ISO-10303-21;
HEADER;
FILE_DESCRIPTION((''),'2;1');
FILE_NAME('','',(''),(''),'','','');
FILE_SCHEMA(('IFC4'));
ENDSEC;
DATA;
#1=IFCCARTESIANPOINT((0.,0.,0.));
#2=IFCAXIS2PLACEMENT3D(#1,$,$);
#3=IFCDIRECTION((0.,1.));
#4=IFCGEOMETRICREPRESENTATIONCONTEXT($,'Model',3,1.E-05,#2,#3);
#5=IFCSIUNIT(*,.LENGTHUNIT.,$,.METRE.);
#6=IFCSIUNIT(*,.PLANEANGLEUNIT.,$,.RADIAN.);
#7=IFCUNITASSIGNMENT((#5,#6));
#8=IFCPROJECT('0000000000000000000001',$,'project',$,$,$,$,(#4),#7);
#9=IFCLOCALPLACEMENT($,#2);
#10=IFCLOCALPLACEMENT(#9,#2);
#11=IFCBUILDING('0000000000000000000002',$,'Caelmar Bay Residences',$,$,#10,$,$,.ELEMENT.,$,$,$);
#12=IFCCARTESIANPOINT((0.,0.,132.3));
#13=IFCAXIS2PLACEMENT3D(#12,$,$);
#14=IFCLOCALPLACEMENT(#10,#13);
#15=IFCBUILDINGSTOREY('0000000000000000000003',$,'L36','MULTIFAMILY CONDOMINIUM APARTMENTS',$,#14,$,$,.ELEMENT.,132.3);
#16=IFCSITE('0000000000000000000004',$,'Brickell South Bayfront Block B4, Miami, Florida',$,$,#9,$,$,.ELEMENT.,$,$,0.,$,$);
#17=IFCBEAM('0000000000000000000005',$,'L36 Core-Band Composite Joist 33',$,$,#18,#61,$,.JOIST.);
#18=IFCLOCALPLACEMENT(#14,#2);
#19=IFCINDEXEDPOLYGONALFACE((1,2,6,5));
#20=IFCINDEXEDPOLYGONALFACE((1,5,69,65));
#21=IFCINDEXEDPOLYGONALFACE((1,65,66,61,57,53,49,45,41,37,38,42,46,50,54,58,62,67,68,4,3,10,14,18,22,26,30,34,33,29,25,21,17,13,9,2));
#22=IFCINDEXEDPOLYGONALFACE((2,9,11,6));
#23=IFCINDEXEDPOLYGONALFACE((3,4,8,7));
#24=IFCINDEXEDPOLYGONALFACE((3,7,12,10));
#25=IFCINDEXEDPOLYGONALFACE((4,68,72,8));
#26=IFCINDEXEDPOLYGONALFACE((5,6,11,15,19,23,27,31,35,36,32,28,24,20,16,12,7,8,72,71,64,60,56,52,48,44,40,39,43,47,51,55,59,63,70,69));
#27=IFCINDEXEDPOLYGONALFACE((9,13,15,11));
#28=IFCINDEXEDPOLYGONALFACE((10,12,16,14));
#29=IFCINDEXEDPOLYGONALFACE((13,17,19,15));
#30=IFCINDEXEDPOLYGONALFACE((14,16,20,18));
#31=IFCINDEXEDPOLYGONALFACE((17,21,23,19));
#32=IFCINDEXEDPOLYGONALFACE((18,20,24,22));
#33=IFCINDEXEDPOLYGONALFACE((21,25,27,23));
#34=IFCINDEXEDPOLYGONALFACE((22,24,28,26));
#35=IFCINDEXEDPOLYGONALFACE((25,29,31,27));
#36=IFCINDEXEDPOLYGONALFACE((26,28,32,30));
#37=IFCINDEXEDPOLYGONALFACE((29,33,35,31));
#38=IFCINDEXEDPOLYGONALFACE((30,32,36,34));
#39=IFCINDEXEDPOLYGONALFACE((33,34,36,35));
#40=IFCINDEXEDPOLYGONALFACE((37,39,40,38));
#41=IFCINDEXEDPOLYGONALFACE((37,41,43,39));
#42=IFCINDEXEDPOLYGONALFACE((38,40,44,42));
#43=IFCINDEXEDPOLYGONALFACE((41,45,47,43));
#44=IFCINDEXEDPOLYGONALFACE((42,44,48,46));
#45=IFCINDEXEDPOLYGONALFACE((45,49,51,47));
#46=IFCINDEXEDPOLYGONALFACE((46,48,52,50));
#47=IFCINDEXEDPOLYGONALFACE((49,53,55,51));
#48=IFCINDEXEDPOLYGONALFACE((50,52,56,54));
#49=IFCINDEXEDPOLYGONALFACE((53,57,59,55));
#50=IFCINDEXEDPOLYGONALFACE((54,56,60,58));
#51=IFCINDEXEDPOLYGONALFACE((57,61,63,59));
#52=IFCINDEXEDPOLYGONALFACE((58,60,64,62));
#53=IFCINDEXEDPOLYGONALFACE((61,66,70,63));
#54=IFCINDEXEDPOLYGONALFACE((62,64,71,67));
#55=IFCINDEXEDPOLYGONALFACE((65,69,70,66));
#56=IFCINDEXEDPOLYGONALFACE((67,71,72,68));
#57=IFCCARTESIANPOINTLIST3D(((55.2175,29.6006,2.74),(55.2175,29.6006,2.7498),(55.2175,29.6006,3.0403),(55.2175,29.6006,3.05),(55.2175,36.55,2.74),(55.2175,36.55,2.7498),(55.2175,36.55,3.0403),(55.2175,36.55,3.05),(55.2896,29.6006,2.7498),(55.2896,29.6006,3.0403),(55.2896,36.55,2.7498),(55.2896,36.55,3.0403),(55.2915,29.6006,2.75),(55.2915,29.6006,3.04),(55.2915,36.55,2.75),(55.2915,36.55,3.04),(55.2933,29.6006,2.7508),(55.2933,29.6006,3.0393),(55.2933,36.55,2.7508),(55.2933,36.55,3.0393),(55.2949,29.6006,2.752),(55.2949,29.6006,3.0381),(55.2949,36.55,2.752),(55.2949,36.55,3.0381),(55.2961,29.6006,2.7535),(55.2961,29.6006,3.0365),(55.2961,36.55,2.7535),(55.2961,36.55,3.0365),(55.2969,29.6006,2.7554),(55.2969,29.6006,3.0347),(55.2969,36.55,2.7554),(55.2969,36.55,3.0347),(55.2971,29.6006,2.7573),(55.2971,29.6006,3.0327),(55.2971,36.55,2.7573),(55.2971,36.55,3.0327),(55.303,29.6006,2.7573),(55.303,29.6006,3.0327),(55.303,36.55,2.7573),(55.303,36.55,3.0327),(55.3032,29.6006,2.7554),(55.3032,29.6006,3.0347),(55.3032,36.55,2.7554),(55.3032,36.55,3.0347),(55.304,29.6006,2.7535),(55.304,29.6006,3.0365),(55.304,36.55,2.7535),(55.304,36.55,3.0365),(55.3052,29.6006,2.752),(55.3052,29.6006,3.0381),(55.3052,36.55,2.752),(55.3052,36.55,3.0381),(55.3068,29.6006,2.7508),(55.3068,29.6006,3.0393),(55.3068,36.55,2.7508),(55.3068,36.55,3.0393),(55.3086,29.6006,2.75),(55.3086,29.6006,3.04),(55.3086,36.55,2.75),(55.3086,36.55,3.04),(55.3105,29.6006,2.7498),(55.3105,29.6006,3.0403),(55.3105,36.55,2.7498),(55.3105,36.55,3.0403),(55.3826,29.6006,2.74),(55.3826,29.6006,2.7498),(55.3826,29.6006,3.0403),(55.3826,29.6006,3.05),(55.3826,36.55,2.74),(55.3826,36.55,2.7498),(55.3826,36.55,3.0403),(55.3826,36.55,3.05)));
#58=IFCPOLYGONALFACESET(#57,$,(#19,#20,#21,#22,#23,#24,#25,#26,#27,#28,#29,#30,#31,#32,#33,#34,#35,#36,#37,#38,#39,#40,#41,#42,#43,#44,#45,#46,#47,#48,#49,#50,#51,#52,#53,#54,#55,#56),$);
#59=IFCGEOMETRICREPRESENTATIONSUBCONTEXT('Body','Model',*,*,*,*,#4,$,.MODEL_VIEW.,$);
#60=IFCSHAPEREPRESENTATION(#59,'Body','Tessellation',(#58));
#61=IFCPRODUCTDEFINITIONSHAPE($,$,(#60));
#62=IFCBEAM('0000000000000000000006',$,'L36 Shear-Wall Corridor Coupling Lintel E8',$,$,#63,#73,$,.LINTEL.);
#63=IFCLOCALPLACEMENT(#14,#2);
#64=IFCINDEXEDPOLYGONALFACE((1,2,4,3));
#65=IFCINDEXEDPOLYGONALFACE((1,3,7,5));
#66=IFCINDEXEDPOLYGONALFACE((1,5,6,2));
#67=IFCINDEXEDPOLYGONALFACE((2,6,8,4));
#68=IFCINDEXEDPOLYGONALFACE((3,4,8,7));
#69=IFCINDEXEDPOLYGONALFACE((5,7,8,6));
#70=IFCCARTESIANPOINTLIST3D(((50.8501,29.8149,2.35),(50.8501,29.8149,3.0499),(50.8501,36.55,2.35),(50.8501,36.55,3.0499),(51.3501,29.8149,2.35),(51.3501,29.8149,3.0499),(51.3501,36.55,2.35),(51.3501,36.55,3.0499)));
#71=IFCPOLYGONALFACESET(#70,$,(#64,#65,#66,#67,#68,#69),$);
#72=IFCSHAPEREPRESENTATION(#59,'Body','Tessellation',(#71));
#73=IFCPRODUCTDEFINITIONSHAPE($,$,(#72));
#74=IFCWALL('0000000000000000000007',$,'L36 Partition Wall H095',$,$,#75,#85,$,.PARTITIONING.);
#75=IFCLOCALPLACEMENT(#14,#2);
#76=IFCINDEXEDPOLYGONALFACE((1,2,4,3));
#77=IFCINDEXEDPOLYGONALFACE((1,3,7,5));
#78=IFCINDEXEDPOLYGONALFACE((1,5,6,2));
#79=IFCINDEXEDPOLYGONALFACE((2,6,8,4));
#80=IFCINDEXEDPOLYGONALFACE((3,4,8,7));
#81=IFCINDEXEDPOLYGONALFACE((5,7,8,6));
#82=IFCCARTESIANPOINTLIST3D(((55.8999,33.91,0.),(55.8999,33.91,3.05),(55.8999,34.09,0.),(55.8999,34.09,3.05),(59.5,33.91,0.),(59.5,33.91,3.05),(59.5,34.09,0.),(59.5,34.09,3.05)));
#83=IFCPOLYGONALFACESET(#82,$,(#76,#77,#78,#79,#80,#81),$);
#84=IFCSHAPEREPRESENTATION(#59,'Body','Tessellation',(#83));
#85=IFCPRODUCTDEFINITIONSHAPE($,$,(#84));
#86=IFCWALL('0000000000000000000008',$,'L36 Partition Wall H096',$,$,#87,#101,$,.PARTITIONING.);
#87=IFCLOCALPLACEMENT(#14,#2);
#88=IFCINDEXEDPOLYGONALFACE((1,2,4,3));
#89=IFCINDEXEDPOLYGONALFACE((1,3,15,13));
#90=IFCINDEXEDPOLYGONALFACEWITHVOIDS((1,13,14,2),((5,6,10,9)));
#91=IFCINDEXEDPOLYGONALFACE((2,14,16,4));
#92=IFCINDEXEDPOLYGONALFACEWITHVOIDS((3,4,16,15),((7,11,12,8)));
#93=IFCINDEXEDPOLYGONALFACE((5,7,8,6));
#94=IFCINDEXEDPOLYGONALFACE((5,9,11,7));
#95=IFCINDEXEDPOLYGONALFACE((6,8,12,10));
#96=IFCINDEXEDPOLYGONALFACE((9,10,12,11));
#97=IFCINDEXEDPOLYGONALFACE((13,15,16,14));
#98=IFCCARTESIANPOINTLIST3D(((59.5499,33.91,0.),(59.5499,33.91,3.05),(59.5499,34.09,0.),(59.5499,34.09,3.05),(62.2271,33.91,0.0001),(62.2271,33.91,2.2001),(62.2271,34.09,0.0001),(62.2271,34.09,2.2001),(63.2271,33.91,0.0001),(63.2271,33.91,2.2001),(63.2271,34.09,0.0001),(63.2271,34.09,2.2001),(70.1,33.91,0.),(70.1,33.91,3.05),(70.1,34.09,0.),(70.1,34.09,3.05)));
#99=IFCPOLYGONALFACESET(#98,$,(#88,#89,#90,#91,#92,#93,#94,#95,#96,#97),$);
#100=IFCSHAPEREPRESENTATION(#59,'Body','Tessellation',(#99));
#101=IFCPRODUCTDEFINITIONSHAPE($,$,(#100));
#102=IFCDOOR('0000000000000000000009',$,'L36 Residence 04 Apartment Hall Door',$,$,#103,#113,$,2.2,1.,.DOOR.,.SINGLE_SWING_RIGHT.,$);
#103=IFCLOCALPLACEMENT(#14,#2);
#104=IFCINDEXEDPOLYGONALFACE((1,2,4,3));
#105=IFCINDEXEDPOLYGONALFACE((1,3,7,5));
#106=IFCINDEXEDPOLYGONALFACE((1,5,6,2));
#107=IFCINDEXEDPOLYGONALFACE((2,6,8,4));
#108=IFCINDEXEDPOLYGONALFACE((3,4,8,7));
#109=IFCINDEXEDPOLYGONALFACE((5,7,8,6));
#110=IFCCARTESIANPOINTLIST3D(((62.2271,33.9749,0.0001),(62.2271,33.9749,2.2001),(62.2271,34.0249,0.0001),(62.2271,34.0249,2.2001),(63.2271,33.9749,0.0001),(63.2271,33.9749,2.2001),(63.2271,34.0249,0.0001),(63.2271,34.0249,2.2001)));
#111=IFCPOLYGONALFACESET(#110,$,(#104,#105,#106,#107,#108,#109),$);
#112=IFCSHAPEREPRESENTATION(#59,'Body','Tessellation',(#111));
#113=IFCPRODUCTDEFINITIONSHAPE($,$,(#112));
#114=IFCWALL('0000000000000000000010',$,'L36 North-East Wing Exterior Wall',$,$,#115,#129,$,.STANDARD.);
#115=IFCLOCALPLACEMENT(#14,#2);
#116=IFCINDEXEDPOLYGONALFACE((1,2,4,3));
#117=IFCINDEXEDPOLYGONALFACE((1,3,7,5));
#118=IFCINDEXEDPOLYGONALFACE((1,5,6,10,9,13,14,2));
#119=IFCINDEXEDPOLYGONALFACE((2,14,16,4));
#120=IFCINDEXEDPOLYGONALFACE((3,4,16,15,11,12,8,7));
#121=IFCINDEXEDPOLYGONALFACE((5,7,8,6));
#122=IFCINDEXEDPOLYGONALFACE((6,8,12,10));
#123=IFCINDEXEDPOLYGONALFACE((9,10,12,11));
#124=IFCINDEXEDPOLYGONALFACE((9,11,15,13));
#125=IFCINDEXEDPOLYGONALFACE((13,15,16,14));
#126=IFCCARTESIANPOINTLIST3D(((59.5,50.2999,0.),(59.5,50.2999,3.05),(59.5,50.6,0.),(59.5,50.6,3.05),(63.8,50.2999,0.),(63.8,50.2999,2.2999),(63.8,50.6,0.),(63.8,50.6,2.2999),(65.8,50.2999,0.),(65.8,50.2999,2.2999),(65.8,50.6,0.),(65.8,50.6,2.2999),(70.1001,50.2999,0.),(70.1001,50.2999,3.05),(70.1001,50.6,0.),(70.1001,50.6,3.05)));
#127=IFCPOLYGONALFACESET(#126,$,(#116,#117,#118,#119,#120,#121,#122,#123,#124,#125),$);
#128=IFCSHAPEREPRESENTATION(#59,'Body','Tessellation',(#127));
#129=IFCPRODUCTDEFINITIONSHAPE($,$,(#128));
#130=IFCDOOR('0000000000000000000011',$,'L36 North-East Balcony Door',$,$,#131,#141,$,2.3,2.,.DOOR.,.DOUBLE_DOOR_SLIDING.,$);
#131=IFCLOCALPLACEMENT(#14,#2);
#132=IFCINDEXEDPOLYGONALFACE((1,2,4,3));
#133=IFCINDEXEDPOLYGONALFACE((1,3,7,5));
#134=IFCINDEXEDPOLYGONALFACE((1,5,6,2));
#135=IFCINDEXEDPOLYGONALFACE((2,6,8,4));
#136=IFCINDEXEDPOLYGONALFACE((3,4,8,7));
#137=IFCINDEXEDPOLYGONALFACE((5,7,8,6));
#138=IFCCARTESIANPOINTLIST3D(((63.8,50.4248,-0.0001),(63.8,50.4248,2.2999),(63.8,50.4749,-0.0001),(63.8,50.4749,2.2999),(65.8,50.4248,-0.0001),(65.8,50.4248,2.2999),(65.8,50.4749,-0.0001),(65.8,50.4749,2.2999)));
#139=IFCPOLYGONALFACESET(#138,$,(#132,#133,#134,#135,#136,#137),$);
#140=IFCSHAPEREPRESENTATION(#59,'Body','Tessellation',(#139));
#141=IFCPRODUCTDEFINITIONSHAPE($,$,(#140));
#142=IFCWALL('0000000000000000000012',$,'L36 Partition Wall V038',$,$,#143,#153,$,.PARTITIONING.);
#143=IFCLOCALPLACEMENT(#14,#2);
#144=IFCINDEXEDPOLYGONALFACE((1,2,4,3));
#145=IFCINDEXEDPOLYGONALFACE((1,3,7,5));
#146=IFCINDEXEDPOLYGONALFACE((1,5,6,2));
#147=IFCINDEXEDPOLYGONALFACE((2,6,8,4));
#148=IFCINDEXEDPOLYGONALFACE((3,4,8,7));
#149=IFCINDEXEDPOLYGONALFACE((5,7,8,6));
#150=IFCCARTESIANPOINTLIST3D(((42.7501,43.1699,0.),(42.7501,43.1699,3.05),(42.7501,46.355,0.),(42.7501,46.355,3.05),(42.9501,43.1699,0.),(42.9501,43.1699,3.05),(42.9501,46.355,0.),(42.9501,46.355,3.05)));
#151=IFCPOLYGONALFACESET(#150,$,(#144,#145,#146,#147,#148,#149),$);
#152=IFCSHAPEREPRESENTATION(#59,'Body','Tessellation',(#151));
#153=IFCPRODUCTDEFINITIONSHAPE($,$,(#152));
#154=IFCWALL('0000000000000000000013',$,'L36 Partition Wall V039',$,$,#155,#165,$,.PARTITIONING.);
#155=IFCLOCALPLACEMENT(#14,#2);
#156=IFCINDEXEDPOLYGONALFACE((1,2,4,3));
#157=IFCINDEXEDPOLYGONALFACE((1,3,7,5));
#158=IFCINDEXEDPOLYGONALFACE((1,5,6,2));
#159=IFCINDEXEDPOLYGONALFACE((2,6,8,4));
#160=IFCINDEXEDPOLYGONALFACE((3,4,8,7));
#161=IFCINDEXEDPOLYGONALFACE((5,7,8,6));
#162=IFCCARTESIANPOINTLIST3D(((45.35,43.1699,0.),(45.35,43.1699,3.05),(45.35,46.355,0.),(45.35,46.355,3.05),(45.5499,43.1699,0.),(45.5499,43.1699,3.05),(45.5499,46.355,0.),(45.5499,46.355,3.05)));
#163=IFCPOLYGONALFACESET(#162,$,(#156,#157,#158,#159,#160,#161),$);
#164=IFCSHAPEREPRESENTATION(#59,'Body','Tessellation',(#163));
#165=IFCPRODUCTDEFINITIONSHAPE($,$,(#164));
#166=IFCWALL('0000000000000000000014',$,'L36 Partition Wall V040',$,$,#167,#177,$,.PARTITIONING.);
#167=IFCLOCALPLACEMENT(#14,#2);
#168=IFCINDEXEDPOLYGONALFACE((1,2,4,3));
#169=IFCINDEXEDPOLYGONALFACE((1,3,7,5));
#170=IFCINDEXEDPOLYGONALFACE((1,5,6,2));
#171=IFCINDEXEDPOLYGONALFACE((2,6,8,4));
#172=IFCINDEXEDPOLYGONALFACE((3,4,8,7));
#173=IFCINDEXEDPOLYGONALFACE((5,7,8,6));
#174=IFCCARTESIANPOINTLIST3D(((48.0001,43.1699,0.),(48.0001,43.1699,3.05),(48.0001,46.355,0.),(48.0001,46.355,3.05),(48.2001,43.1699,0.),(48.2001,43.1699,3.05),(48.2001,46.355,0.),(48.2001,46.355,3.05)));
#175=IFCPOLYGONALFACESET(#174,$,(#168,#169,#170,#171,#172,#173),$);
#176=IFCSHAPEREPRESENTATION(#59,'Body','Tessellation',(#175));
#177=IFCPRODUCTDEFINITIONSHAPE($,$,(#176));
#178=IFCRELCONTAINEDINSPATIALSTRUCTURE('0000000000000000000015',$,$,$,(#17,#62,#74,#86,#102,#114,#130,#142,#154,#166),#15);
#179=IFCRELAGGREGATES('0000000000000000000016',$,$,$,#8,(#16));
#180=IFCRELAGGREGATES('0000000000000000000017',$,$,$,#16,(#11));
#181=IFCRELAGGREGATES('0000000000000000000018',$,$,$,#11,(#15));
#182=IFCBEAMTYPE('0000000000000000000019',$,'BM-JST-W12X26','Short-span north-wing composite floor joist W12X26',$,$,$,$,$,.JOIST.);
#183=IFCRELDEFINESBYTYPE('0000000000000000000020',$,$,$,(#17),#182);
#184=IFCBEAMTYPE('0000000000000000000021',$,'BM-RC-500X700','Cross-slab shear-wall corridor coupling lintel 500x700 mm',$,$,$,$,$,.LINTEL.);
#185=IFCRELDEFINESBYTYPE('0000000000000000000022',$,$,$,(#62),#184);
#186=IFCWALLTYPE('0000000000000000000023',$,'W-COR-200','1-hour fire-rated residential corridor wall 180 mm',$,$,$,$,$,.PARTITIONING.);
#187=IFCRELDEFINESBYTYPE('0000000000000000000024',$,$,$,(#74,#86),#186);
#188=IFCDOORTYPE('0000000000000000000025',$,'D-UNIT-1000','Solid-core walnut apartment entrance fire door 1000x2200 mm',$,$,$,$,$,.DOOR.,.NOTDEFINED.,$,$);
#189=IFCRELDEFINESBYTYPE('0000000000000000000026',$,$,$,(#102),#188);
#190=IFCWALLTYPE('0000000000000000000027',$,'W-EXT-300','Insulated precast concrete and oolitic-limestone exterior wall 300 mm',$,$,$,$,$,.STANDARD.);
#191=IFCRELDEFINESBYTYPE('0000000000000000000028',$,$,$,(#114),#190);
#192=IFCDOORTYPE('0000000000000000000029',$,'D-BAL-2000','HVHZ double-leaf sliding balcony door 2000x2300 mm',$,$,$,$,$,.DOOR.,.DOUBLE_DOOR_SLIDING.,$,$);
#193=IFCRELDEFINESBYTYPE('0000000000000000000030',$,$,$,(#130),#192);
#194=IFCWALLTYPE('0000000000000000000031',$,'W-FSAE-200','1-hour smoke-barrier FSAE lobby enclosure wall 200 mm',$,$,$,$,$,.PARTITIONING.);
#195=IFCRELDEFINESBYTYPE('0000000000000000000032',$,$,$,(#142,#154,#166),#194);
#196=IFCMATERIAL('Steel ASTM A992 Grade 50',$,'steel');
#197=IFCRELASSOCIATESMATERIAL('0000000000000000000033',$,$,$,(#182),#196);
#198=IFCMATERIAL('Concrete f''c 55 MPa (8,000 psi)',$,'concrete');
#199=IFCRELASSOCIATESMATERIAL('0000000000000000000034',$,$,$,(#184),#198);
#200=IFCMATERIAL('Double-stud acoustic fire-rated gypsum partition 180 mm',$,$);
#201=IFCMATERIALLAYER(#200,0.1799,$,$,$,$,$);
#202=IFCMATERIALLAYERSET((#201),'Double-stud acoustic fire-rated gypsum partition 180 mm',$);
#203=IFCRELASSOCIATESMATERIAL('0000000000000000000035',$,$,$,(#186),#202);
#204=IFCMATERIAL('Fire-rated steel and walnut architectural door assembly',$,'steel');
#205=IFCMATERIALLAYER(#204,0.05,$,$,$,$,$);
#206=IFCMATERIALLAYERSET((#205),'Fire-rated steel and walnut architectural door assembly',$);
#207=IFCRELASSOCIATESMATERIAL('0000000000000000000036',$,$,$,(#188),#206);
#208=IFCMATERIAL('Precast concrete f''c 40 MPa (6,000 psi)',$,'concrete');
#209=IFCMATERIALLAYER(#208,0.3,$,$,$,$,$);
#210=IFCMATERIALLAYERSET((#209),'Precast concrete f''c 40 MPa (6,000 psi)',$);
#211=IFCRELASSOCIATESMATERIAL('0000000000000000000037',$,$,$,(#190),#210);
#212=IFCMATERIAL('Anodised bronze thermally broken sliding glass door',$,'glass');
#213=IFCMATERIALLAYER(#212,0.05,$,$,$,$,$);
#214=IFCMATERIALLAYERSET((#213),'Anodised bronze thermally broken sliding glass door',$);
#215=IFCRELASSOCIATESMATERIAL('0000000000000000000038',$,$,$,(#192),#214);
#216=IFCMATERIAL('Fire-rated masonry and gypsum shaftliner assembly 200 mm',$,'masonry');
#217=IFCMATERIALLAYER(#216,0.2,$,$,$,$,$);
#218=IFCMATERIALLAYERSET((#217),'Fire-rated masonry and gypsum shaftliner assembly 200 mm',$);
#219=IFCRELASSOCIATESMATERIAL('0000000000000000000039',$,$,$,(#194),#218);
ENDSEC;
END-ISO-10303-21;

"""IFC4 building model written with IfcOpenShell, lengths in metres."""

from ifc_helpers import new_model, si_unit, direction, frame, frame_2d, origin, origin_2d, place, context, subcontext, project, spatial, rectangle, i_section, extrude, material, layer, layer_set, material_profile, profile_set, type_object, element, fill, save


model = new_model("IFC4")

# Units and contexts
model_context = context("Model", 3, precision=1e-05, world=origin(), true_north=direction((0.0, 1.0)))
body_context = subcontext(model_context, "Body", "Model", "MODEL_VIEW")
ifc_project = project(units=[si_unit("LENGTHUNIT", "METRE"), si_unit("PLANEANGLEUNIT", "RADIAN")], contexts=[model_context])

# Site, building, storey
site_placement = place(None, origin())
site = spatial("IfcSite", under=ifc_project, at=site_placement, Name="Brickell South Bayfront Block B4, Miami, Florida", CompositionType="ELEMENT", RefElevation=0.0)
building_placement = place(site_placement, origin())
building = spatial("IfcBuilding", under=site, at=building_placement, Name="Caelmar Bay Residences", CompositionType="ELEMENT")
storey_placement = place(building_placement, frame((0.0, 0.0, 132.3)))
storey = spatial("IfcBuildingStorey", under=building, at=storey_placement, Name="L36", Description="MULTIFAMILY CONDOMINIUM APARTMENTS", CompositionType="ELEMENT", Elevation=132.3)

# Beams
ifc_material_1 = material(Name="Steel ASTM A992 Grade 50", Category="steel")
ifc_material_profile_1 = material_profile(ifc_material_1, i_section(OverallWidth=0.165, OverallDepth=0.3101, WebThickness=0.0059, FlangeThickness=0.0098, FilletRadius=0.0076, at=origin_2d()), Name="W12X26")
ifc_profile_set_1 = profile_set([ifc_material_profile_1], Name="Steel ASTM A992 Grade 50")
beam_type_1 = type_object("IfcBeamType", Name="BM-JST-W12X26", Description="Short-span north-wing composite floor joist W12X26", PredefinedType="JOIST", material=ifc_profile_set_1)
for number, where, z_axis, x_axis, name in (
    (1, (55.3, 29.6006, 2.895), (0.0, 1.0, 0.0), (-1.0, 0.0, 0.0), "L36 Core-Band Composite Joist 33"),
):
    element("IfcBeam", number, at=place(storey_placement, frame(where, z_axis=z_axis, x_axis=x_axis)), inside=storey, type_object=beam_type_1, Name=name, PredefinedType="JOIST", context=body_context, shape_type="SweptSolid", body=[
        extrude(i_section(OverallWidth=0.165, OverallDepth=0.3101, WebThickness=0.0059, FlangeThickness=0.0098, FilletRadius=0.0076, at=origin_2d()), origin(), (0.0, 0.0, 1.0), 6.9495),
    ])
ifc_material_2 = material(Name="Concrete f'c 55 MPa (8,000 psi)", Category="concrete")
ifc_material_profile_2 = material_profile(ifc_material_2, rectangle(XDim=0.5, YDim=0.7, at=origin_2d()), Name="RC-BM-500X700")
ifc_profile_set_2 = profile_set([ifc_material_profile_2], Name="Concrete f'c 55 MPa (8,000 psi)")
beam_type_2 = type_object("IfcBeamType", Name="BM-RC-500X700", Description="Cross-slab shear-wall corridor coupling lintel 500x700 mm", PredefinedType="LINTEL", material=ifc_profile_set_2)
beam_placement = place(storey_placement, frame((51.1001, 29.8149, 2.7), z_axis=(0.0, 1.0, 0.0), x_axis=(-1.0, 0.0, 0.0)))
element("IfcBeam", 2, at=beam_placement, inside=storey, type_object=beam_type_2, Name="L36 Shear-Wall Corridor Coupling Lintel E8", PredefinedType="LINTEL", context=body_context, shape_type="SweptSolid", body=[
    extrude(rectangle(XDim=0.5, YDim=0.7, at=origin_2d()), origin(), (0.0, 0.0, 1.0), 6.7351),
])

# Shared definitions
ifc_material_3 = material(Name="Fire-rated steel and walnut architectural door assembly", Category="steel")

# Wall
ifc_material_4 = material(Name="Double-stud acoustic fire-rated gypsum partition 180 mm")
ifc_layer_1 = layer(ifc_material_4, 0.1799)
ifc_layer_set_1 = layer_set([ifc_layer_1], Name="Double-stud acoustic fire-rated gypsum partition 180 mm")
wall_type_1 = type_object("IfcWallType", Name="W-COR-200", Description="1-hour fire-rated residential corridor wall 180 mm", PredefinedType="PARTITIONING", material=ifc_layer_set_1)
wall_1_placement = place(storey_placement, frame((55.8999, 34.0, 0.0), z_axis=(0.0, 0.0, 1.0), x_axis=(1.0, 0.0, 0.0)))
element("IfcWall", 3, at=wall_1_placement, inside=storey, type_object=wall_type_1, Name="L36 Partition Wall H095", PredefinedType="PARTITIONING", context=body_context, shape_type="SweptSolid", body=[
    extrude(rectangle(XDim=3.6001, YDim=0.1799, at=frame_2d((1.8, 0.0))), origin(), (0.0, 0.0, 1.0), 3.05),
])

# Walls, openings, doors
wall_2_placement = place(storey_placement, frame((59.55, 34.0, 0.0), z_axis=(0.0, 0.0, 1.0), x_axis=(1.0, 0.0, 0.0)))
wall_2 = element("IfcWall", 4, at=wall_2_placement, inside=storey, type_object=wall_type_1, Name="L36 Partition Wall H096", PredefinedType="PARTITIONING", context=body_context, shape_type="SweptSolid", body=[
    extrude(rectangle(XDim=10.55, YDim=0.1799, at=frame_2d((5.2749, 0.0))), origin(), (0.0, 0.0, 1.0), 3.05),
])
opening_1_placement = place(wall_2_placement, frame((2.677, 0.0, 0.0)))
opening_1 = element("IfcOpeningElement", 5, at=opening_1_placement, cuts=wall_2, PredefinedType="OPENING", context=body_context, shape_type="SweptSolid", body=[
    extrude(rectangle(XDim=1.0, YDim=2.2, at=frame_2d((0.5, 1.1001))), frame((0.0, 0.0999, 0.0), z_axis=(0.0, -1.0, 0.0), x_axis=(1.0, 0.0, 0.0)), (0.0, 0.0, 1.0), 0.2),
])
ifc_layer_2 = layer(ifc_material_3, 0.05)
ifc_layer_set_2 = layer_set([ifc_layer_2], Name="Fire-rated steel and walnut architectural door assembly")
door_type_1 = type_object("IfcDoorType", Name="D-UNIT-1000", Description="Solid-core walnut apartment entrance fire door 1000x2200 mm", OperationType="NOTDEFINED", PredefinedType="DOOR", material=ifc_layer_set_2)
door_1_placement = place(opening_1_placement, origin())
door_1 = element("IfcDoor", 6, at=door_1_placement, inside=storey, type_object=door_type_1, Name="L36 Residence 04 Apartment Hall Door", OperationType="SINGLE_SWING_RIGHT", OverallHeight=2.2, OverallWidth=1.0, PredefinedType="DOOR", context=body_context, shape_type="SweptSolid", body=[
    extrude(rectangle(XDim=1.0, YDim=2.2, at=frame_2d((0.5, 1.1001))), frame((0.0, 0.0249, 0.0), z_axis=(0.0, -1.0, 0.0), x_axis=(1.0, 0.0, 0.0)), (0.0, 0.0, 1.0), 0.05),
])
fill(opening_1, door_1)
ifc_material_5 = material(Name="Precast concrete f'c 40 MPa (6,000 psi)", Category="concrete")
ifc_layer_3 = layer(ifc_material_5, 0.3)
ifc_layer_set_3 = layer_set([ifc_layer_3], Name="Precast concrete f'c 40 MPa (6,000 psi)")
wall_type_2 = type_object("IfcWallType", Name="W-EXT-300", Description="Insulated precast concrete and oolitic-limestone exterior wall 300 mm", PredefinedType="STANDARD", material=ifc_layer_set_3)
wall_3_placement = place(storey_placement, frame((59.5, 50.45, 0.0), z_axis=(0.0, 0.0, 1.0), x_axis=(1.0, 0.0, 0.0)))
wall_3 = element("IfcWall", 7, at=wall_3_placement, inside=storey, type_object=wall_type_2, Name="L36 North-East Wing Exterior Wall", PredefinedType="STANDARD", context=body_context, shape_type="SweptSolid", body=[
    extrude(rectangle(XDim=10.6001, YDim=0.3, at=frame_2d((5.3, 0.0))), origin(), (0.0, 0.0, 1.0), 3.05),
])
opening_2_placement = place(wall_3_placement, frame((4.3, 0.0, 0.0)))
opening_2 = element("IfcOpeningElement", 8, at=opening_2_placement, cuts=wall_3, PredefinedType="OPENING", context=body_context, shape_type="SweptSolid", body=[
    extrude(rectangle(XDim=2.0, YDim=2.3, at=frame_2d((1.0, 1.1499))), frame((0.0, 0.1599, 0.0), z_axis=(0.0, -1.0, 0.0), x_axis=(1.0, 0.0, 0.0)), (0.0, 0.0, 1.0), 0.3201),
])
ifc_material_6 = material(Name="Anodised bronze thermally broken sliding glass door", Category="glass")
ifc_layer_4 = layer(ifc_material_6, 0.05)
ifc_layer_set_4 = layer_set([ifc_layer_4], Name="Anodised bronze thermally broken sliding glass door")
door_type_2 = type_object("IfcDoorType", Name="D-BAL-2000", Description="HVHZ double-leaf sliding balcony door 2000x2300 mm", OperationType="DOUBLE_DOOR_SLIDING", PredefinedType="DOOR", material=ifc_layer_set_4)
door_2_placement = place(opening_2_placement, origin())
door_2 = element("IfcDoor", 9, at=door_2_placement, inside=storey, type_object=door_type_2, Name="L36 North-East Balcony Door", OperationType="DOUBLE_DOOR_SLIDING", OverallHeight=2.3, OverallWidth=2.0, PredefinedType="DOOR", context=body_context, shape_type="SweptSolid", body=[
    extrude(rectangle(XDim=2.0, YDim=2.3, at=frame_2d((1.0, 1.1499))), frame((0.0, 0.0249, 0.0), z_axis=(0.0, -1.0, 0.0), x_axis=(1.0, 0.0, 0.0)), (0.0, 0.0, 1.0), 0.05),
])
fill(opening_2, door_2)

# Walls
ifc_material_7 = material(Name="Fire-rated masonry and gypsum shaftliner assembly 200 mm", Category="masonry")
ifc_layer_5 = layer(ifc_material_7, 0.2)
ifc_layer_set_5 = layer_set([ifc_layer_5], Name="Fire-rated masonry and gypsum shaftliner assembly 200 mm")
wall_type_3 = type_object("IfcWallType", Name="W-FSAE-200", Description="1-hour smoke-barrier FSAE lobby enclosure wall 200 mm", PredefinedType="PARTITIONING", material=ifc_layer_set_5)
for number, where, z_axis, x_axis, name in (
    (10, (42.8501, 43.1699, 0.0), (0.0, 0.0, 1.0), (0.0, 1.0, 0.0), "L36 Partition Wall V038"),
    (11, (45.45, 43.1699, 0.0), (0.0, 0.0, 1.0), (0.0, 1.0, 0.0), "L36 Partition Wall V039"),
    (12, (48.1001, 43.1699, 0.0), (0.0, 0.0, 1.0), (0.0, 1.0, 0.0), "L36 Partition Wall V040"),
):
    element("IfcWall", number, at=place(storey_placement, frame(where, z_axis=z_axis, x_axis=x_axis)), inside=storey, type_object=wall_type_3, Name=name, PredefinedType="PARTITIONING", context=body_context, shape_type="SweptSolid", body=[
        extrude(rectangle(XDim=3.1851, YDim=0.2, at=frame_2d((1.5925, 0.0))), origin(), (0.0, 0.0, 1.0), 3.05),
    ])

save(model, "model.ifc")
